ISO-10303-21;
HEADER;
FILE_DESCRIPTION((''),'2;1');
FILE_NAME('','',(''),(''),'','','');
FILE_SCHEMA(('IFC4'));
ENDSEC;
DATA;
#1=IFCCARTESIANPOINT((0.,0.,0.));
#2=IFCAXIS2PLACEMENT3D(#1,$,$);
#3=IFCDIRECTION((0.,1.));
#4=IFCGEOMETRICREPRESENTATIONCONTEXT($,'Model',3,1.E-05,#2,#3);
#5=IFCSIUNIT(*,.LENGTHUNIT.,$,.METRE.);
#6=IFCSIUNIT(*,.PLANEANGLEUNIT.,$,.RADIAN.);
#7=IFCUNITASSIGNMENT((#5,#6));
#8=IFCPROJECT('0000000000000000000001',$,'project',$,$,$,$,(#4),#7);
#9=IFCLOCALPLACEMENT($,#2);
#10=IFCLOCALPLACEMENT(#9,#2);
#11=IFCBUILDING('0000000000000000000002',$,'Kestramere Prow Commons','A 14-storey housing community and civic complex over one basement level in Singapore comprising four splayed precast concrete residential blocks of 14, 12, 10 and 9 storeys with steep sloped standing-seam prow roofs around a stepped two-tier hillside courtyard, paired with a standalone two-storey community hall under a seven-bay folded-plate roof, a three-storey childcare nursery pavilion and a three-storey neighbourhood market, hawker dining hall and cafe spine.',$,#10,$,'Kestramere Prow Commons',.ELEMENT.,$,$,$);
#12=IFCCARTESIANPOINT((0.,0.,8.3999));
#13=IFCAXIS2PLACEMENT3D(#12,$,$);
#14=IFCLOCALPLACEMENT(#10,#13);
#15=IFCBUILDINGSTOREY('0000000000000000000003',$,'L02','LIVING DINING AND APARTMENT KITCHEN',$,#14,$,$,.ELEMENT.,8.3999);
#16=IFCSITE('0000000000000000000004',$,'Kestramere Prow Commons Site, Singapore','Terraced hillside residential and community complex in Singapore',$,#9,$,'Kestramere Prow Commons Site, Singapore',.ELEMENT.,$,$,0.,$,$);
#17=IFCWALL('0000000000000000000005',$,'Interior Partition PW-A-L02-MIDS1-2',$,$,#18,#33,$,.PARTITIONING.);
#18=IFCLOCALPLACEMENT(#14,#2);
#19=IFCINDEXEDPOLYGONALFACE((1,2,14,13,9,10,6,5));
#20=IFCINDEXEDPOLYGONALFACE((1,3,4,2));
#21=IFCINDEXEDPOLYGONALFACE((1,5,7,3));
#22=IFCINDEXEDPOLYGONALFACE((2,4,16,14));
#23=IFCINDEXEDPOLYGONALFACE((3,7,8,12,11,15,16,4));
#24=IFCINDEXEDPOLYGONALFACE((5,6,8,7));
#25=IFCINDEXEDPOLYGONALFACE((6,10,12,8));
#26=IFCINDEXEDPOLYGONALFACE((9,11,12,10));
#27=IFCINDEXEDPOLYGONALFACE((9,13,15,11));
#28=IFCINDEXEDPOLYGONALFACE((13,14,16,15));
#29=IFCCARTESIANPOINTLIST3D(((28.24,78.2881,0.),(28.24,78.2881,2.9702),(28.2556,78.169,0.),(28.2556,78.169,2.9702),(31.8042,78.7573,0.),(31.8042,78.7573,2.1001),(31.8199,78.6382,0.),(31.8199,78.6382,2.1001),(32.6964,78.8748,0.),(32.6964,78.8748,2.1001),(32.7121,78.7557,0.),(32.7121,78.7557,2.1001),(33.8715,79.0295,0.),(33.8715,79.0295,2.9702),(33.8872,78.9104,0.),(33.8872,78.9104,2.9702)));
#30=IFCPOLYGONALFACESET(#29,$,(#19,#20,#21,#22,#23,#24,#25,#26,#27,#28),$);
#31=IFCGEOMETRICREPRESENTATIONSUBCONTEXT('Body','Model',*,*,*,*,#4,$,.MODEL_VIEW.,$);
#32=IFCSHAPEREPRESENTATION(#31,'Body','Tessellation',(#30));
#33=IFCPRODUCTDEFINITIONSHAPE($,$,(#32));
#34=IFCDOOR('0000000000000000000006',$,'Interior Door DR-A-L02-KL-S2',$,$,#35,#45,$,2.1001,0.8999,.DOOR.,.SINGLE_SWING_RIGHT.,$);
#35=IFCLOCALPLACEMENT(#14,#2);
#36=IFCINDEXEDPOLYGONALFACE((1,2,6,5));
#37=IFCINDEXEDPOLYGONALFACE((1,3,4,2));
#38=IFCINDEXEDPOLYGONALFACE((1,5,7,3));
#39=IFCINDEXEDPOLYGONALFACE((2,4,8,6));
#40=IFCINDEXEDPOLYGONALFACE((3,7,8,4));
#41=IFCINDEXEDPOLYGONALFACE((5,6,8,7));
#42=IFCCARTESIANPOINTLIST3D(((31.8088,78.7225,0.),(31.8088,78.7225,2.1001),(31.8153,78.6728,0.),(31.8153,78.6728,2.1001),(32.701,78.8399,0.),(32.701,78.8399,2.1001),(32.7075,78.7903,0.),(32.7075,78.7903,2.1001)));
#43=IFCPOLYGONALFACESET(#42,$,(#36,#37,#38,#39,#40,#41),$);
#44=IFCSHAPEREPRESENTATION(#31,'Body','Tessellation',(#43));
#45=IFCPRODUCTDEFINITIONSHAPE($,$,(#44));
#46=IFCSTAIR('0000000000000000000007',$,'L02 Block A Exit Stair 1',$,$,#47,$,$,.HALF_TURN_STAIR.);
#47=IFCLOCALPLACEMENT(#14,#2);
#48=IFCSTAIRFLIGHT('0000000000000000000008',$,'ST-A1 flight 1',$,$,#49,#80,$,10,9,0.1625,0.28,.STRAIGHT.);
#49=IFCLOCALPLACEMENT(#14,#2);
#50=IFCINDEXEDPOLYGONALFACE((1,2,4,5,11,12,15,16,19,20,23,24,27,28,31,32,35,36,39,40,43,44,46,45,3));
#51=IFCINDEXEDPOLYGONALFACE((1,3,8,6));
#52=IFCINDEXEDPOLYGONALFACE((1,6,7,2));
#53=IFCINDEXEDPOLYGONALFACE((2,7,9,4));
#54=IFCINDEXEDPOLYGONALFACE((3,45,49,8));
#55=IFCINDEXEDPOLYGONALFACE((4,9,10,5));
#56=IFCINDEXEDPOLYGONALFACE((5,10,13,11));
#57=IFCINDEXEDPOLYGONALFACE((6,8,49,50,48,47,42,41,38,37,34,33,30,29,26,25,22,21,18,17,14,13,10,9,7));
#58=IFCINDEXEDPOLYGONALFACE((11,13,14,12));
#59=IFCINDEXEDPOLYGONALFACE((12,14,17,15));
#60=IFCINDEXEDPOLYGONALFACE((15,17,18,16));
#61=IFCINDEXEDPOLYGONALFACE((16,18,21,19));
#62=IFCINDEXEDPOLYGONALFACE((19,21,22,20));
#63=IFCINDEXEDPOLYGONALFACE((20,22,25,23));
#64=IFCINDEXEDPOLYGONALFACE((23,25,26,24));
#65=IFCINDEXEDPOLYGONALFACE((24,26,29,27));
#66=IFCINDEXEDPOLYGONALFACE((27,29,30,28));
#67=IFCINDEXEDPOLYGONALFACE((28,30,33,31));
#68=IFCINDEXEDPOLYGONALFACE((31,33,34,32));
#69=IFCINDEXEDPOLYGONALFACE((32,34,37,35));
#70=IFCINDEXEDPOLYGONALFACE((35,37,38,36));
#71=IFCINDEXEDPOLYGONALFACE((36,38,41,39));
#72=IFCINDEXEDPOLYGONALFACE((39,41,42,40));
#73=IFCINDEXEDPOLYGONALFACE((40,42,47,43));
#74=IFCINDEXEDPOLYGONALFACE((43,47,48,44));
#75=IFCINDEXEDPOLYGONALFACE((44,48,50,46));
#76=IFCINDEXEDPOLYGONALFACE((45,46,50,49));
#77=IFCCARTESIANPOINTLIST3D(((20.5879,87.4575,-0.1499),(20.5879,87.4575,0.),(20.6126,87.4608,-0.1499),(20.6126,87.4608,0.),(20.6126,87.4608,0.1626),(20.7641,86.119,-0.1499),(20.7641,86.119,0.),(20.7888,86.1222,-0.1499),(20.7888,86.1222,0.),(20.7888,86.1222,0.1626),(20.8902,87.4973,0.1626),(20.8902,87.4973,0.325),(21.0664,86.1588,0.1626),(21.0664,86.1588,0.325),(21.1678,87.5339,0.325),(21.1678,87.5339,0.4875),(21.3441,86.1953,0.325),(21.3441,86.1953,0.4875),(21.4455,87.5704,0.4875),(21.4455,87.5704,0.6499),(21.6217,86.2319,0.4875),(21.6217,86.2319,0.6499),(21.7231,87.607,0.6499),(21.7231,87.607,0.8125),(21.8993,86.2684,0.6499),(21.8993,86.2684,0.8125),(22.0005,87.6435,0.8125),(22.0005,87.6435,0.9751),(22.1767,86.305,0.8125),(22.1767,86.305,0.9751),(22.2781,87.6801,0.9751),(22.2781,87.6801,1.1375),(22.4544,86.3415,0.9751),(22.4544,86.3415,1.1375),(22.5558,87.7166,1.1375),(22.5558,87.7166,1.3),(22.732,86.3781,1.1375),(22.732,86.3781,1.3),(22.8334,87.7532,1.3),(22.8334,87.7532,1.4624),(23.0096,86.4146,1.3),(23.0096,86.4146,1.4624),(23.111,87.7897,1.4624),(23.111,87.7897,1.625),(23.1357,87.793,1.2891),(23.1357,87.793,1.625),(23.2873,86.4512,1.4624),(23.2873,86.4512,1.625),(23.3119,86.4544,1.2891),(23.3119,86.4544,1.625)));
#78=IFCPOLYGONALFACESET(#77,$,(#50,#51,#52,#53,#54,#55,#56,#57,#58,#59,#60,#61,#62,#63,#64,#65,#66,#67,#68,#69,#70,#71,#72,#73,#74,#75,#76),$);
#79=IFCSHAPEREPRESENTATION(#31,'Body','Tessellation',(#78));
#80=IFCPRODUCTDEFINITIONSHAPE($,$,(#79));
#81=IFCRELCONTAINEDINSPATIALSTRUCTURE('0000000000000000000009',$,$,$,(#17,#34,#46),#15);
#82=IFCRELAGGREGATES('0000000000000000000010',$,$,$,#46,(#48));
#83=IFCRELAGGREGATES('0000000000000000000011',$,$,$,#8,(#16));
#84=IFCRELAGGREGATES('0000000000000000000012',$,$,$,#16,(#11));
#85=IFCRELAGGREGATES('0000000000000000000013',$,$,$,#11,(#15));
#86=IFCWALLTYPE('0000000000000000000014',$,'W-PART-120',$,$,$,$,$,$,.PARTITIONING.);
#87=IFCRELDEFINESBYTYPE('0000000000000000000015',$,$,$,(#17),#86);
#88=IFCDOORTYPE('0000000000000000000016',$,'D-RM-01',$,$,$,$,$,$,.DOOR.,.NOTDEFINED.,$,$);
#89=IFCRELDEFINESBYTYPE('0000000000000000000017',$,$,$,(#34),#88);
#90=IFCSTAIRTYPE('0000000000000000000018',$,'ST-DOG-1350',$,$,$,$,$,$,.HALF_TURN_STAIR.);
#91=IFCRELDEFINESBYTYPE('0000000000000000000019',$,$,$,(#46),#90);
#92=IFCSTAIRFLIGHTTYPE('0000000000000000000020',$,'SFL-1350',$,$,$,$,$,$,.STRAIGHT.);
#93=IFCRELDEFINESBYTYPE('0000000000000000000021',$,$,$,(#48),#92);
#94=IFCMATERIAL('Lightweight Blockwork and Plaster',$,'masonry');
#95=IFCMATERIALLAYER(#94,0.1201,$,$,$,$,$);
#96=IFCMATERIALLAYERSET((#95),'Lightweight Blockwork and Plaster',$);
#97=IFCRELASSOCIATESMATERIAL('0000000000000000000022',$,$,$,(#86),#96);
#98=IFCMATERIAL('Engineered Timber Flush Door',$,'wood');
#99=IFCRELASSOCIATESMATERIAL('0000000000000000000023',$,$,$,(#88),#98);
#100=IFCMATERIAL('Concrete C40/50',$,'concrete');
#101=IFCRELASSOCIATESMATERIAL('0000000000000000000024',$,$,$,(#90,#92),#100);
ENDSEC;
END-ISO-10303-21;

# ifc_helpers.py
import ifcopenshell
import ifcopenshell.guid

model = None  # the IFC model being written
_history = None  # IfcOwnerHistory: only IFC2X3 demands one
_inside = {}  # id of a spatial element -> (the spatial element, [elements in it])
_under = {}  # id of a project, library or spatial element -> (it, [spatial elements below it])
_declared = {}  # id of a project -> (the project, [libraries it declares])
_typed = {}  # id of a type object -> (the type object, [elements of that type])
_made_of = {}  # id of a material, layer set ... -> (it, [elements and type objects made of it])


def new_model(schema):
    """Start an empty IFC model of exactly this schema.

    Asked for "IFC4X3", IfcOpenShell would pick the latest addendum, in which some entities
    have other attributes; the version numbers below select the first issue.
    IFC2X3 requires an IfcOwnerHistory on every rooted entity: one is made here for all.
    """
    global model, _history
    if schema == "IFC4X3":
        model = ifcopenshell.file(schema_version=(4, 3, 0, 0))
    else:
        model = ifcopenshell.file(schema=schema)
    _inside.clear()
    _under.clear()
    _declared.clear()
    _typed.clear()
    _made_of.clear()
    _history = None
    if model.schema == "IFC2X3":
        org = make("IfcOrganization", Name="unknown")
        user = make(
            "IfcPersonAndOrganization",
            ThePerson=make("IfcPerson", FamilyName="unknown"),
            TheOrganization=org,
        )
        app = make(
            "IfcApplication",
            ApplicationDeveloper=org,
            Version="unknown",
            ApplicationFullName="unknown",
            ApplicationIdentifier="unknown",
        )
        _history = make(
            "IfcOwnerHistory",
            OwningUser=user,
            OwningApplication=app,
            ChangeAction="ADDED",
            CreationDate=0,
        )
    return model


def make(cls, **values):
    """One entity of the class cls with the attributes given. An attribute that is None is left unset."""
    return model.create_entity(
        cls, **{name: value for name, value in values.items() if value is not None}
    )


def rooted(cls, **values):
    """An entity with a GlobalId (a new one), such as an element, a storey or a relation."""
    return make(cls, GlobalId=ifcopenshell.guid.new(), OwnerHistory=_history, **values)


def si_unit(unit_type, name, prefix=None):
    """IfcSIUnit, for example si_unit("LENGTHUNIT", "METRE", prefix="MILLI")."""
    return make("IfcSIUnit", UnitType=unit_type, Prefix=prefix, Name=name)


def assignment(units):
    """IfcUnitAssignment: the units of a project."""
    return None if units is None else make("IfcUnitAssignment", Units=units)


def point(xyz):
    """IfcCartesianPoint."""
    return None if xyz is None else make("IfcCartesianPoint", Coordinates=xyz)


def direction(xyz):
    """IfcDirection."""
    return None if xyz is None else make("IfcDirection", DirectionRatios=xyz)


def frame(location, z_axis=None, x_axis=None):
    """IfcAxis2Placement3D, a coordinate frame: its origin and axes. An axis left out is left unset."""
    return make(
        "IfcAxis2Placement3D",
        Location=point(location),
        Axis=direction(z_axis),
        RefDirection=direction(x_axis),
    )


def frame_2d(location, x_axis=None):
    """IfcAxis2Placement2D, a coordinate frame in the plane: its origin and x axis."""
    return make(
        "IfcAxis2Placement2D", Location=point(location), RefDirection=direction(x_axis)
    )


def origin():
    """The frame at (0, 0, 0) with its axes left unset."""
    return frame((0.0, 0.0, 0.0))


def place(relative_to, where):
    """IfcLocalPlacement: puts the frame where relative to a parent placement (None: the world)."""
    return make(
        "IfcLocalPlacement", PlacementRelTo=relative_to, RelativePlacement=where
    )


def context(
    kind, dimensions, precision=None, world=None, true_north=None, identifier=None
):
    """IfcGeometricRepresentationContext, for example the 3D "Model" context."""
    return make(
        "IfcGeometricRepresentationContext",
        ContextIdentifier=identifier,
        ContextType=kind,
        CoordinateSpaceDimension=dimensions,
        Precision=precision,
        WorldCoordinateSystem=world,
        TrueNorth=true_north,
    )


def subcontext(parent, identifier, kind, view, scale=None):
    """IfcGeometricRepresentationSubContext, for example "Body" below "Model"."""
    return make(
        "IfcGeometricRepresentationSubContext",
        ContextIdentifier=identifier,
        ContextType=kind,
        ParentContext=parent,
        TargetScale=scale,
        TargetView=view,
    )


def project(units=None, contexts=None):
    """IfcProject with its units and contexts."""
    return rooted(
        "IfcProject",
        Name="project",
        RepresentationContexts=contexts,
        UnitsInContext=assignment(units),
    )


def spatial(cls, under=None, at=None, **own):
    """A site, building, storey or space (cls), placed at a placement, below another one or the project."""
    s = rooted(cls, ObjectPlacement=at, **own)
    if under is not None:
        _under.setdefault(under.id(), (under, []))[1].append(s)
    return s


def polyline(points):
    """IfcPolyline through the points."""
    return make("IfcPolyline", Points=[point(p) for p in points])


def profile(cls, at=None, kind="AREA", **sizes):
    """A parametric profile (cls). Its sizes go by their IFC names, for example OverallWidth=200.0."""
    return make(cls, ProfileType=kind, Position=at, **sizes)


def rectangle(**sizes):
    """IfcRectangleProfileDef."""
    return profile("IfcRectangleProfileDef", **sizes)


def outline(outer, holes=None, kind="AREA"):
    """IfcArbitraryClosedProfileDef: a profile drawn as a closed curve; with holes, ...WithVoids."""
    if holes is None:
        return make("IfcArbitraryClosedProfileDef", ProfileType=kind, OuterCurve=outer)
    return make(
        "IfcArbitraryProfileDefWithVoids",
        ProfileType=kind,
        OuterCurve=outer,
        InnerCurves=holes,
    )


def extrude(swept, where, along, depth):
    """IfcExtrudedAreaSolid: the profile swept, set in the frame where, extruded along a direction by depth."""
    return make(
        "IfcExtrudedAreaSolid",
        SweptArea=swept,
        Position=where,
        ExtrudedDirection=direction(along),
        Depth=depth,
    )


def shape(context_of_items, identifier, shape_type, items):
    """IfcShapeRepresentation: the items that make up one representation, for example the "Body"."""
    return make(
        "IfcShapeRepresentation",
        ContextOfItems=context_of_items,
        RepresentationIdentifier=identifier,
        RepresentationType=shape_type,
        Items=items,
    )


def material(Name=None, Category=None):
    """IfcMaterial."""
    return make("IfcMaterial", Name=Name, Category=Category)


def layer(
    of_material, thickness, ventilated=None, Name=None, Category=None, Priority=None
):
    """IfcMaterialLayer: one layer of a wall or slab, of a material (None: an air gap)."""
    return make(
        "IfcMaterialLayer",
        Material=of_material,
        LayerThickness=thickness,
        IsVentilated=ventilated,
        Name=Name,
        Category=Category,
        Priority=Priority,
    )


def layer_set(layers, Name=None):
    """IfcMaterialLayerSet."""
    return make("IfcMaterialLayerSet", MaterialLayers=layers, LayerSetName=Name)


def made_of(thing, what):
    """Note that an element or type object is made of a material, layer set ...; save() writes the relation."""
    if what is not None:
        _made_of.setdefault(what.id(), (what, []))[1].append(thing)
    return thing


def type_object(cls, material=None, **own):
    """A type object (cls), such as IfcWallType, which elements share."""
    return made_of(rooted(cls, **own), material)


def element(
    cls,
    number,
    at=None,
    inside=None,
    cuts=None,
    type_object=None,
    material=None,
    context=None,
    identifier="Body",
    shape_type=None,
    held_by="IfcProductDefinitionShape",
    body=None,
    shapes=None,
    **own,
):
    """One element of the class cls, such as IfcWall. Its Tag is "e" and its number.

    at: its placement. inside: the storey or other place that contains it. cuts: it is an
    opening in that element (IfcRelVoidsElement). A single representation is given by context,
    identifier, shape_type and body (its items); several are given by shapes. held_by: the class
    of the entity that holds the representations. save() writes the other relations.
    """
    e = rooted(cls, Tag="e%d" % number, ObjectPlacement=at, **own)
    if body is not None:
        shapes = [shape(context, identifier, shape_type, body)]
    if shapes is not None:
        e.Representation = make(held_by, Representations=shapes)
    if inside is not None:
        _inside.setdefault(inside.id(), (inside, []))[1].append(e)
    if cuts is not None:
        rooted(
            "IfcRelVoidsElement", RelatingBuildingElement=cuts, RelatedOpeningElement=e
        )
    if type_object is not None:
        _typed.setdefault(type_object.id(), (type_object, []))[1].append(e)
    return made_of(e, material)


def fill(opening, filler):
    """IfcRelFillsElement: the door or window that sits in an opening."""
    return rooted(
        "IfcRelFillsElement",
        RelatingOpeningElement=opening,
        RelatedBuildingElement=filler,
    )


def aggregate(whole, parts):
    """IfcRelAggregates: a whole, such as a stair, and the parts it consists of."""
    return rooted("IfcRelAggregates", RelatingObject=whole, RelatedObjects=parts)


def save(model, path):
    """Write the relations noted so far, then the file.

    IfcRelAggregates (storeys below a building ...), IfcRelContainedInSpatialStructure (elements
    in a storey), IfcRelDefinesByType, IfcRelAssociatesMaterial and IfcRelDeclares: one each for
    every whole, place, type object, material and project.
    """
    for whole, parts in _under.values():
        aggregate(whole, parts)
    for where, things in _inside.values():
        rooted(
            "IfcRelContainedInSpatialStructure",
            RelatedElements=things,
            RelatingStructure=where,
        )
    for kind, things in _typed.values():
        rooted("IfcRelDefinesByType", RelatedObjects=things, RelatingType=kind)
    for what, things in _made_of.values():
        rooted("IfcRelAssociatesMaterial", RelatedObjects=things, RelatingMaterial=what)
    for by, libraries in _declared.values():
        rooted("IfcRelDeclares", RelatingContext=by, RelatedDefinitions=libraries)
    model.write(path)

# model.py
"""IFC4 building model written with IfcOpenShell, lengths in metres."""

from ifc_helpers import new_model, si_unit, direction, frame, frame_2d, origin, place, context, subcontext, project, spatial, polyline, rectangle, outline, extrude, material, layer, layer_set, type_object, element, fill, aggregate, save


model = new_model("IFC4")

# Units and contexts
model_context = context("Model", 3, precision=1e-05, world=origin(), true_north=direction((0.0, 1.0)))
body_context = subcontext(model_context, "Body", "Model", "MODEL_VIEW")
ifc_project = project(units=[si_unit("LENGTHUNIT", "METRE"), si_unit("PLANEANGLEUNIT", "RADIAN")], contexts=[model_context])

# Site, building, storey
site_placement = place(None, origin())
site = spatial("IfcSite", under=ifc_project, at=site_placement, Name="Kestramere Prow Commons Site, Singapore", Description="Terraced hillside residential and community complex in Singapore", LongName="Kestramere Prow Commons Site, Singapore", CompositionType="ELEMENT", RefElevation=0.0)
building_placement = place(site_placement, origin())
building = spatial("IfcBuilding", under=site, at=building_placement, Name="Kestramere Prow Commons", Description="A 14-storey housing community and civic complex over one basement level in Singapore comprising four splayed precast concrete residential blocks of 14, 12, 10 and 9 storeys with steep sloped standing-seam prow roofs around a stepped two-tier hillside courtyard, paired with a standalone two-storey community hall under a seven-bay folded-plate roof, a three-storey childcare nursery pavilion and a three-storey neighbourhood market, hawker dining hall and cafe spine.", LongName="Kestramere Prow Commons", CompositionType="ELEMENT")
storey_placement = place(building_placement, frame((0.0, 0.0, 8.3999)))
storey = spatial("IfcBuildingStorey", under=building, at=storey_placement, Name="L02", Description="LIVING DINING AND APARTMENT KITCHEN", CompositionType="ELEMENT", Elevation=8.3999)

# Shared definitions
ifc_material_1 = material(Name="Concrete C40/50", Category="concrete")

# Wall, opening, door
ifc_material_2 = material(Name="Lightweight Blockwork and Plaster", Category="masonry")
ifc_layer_1 = layer(ifc_material_2, 0.1201)
ifc_layer_set_1 = layer_set([ifc_layer_1], Name="Lightweight Blockwork and Plaster")
wall_type_1 = type_object("IfcWallType", Name="W-PART-120", PredefinedType="PARTITIONING", material=ifc_layer_set_1)
wall_1_placement = place(storey_placement, frame((28.2478, 78.2285, 0.0), z_axis=(0.0, 0.0, 1.0), x_axis=(0.991444, 0.130533, 0.0)))
wall_1 = element("IfcWall", 1, at=wall_1_placement, inside=storey, type_object=wall_type_1, Name="Interior Partition PW-A-L02-MIDS1-2", PredefinedType="PARTITIONING", context=body_context, shape_type="SweptSolid", body=[
    extrude(rectangle(XDim=5.6802, YDim=0.1201, at=frame_2d((2.8401, 0.0))), origin(), (0.0, 0.0, 1.0), 2.9702),
])
opening_1_placement = place(wall_1_placement, frame((3.595, 0.0, 0.0)))
opening_1 = element("IfcOpeningElement", 2, at=opening_1_placement, cuts=wall_1, PredefinedType="OPENING", context=body_context, shape_type="SweptSolid", body=[
    extrude(rectangle(XDim=0.8999, YDim=2.1001, at=frame_2d((0.45, 1.05))), frame((0.0, 0.075, 0.0), z_axis=(0.0, -1.0, 0.0), x_axis=(1.0, 0.0, 0.0)), (0.0, 0.0, 1.0), 0.1501),
])
ifc_material_3 = material(Name="Engineered Timber Flush Door", Category="wood")
door_type_1 = type_object("IfcDoorType", Name="D-RM-01", OperationType="NOTDEFINED", PredefinedType="DOOR", material=ifc_material_3)
door_1_placement = place(opening_1_placement, origin())
door_1 = element("IfcDoor", 3, at=door_1_placement, inside=storey, type_object=door_type_1, Name="Interior Door DR-A-L02-KL-S2", OperationType="SINGLE_SWING_RIGHT", OverallHeight=2.1001, OverallWidth=0.8999, PredefinedType="DOOR", context=body_context, shape_type="SweptSolid", body=[
    extrude(rectangle(XDim=0.8999, YDim=2.1001, at=frame_2d((0.45, 1.05))), frame((0.0, 0.0249, 0.0), z_axis=(0.0, -1.0, 0.0), x_axis=(1.0, 0.0, 0.0)), (0.0, 0.0, 1.0), 0.05),
])
fill(opening_1, door_1)

# Stair, stair flight
stair_type = type_object("IfcStairType", Name="ST-DOG-1350", PredefinedType="HALF_TURN_STAIR", material=ifc_material_1)
stair_placement = place(storey_placement, origin())
stair = element("IfcStair", 4, at=stair_placement, inside=storey, type_object=stair_type, Name="L02 Block A Exit Stair 1", PredefinedType="HALF_TURN_STAIR")
stair_flight_type = type_object("IfcStairFlightType", Name="SFL-1350", PredefinedType="STRAIGHT", material=ifc_material_1)
stair_flight_placement = place(storey_placement, frame((20.7007, 86.7915, 0.0), z_axis=(0.0, 0.0, 1.0), x_axis=(0.991445, 0.130526, 0.0)))
stair_flight = element("IfcStairFlight", 5, at=stair_flight_placement, type_object=stair_flight_type, Name="ST-A1 flight 1", NumberOfRisers=10, NumberOfTreads=9, PredefinedType="STRAIGHT", RiserHeight=0.1625, TreadLength=0.28, context=body_context, shape_type="SweptSolid", body=[
    extrude(outline(polyline([(-0.0249, 0.0), (0.0, 0.0), (0.0, 0.1626), (0.28, 0.1626), (0.28, 0.325), (0.5601, 0.325), (0.5601, 0.4875), (0.8401, 0.4875), (0.8401, 0.6499), (1.1201, 0.6499), (1.1201, 0.8125), (1.3999, 0.8125), (1.3999, 0.9751), (1.6799, 0.9751), (1.6799, 1.1375), (1.96, 1.1375), (1.96, 1.3), (2.24, 1.3), (2.24, 1.4624), (2.52, 1.4624), (2.52, 1.625), (2.5449, 1.625), (2.5449, 1.2891), (0.0, -0.1499), (-0.0249, -0.1499), (-0.0249, 0.0)])), frame((0.0, 0.675, 0.0), z_axis=(0.0, -1.0, 0.0), x_axis=(1.0, 0.0, 0.0)), (0.0, 0.0, 1.0), 1.3501),
])
aggregate(stair, [stair_flight])

save(model, "model.ifc")
